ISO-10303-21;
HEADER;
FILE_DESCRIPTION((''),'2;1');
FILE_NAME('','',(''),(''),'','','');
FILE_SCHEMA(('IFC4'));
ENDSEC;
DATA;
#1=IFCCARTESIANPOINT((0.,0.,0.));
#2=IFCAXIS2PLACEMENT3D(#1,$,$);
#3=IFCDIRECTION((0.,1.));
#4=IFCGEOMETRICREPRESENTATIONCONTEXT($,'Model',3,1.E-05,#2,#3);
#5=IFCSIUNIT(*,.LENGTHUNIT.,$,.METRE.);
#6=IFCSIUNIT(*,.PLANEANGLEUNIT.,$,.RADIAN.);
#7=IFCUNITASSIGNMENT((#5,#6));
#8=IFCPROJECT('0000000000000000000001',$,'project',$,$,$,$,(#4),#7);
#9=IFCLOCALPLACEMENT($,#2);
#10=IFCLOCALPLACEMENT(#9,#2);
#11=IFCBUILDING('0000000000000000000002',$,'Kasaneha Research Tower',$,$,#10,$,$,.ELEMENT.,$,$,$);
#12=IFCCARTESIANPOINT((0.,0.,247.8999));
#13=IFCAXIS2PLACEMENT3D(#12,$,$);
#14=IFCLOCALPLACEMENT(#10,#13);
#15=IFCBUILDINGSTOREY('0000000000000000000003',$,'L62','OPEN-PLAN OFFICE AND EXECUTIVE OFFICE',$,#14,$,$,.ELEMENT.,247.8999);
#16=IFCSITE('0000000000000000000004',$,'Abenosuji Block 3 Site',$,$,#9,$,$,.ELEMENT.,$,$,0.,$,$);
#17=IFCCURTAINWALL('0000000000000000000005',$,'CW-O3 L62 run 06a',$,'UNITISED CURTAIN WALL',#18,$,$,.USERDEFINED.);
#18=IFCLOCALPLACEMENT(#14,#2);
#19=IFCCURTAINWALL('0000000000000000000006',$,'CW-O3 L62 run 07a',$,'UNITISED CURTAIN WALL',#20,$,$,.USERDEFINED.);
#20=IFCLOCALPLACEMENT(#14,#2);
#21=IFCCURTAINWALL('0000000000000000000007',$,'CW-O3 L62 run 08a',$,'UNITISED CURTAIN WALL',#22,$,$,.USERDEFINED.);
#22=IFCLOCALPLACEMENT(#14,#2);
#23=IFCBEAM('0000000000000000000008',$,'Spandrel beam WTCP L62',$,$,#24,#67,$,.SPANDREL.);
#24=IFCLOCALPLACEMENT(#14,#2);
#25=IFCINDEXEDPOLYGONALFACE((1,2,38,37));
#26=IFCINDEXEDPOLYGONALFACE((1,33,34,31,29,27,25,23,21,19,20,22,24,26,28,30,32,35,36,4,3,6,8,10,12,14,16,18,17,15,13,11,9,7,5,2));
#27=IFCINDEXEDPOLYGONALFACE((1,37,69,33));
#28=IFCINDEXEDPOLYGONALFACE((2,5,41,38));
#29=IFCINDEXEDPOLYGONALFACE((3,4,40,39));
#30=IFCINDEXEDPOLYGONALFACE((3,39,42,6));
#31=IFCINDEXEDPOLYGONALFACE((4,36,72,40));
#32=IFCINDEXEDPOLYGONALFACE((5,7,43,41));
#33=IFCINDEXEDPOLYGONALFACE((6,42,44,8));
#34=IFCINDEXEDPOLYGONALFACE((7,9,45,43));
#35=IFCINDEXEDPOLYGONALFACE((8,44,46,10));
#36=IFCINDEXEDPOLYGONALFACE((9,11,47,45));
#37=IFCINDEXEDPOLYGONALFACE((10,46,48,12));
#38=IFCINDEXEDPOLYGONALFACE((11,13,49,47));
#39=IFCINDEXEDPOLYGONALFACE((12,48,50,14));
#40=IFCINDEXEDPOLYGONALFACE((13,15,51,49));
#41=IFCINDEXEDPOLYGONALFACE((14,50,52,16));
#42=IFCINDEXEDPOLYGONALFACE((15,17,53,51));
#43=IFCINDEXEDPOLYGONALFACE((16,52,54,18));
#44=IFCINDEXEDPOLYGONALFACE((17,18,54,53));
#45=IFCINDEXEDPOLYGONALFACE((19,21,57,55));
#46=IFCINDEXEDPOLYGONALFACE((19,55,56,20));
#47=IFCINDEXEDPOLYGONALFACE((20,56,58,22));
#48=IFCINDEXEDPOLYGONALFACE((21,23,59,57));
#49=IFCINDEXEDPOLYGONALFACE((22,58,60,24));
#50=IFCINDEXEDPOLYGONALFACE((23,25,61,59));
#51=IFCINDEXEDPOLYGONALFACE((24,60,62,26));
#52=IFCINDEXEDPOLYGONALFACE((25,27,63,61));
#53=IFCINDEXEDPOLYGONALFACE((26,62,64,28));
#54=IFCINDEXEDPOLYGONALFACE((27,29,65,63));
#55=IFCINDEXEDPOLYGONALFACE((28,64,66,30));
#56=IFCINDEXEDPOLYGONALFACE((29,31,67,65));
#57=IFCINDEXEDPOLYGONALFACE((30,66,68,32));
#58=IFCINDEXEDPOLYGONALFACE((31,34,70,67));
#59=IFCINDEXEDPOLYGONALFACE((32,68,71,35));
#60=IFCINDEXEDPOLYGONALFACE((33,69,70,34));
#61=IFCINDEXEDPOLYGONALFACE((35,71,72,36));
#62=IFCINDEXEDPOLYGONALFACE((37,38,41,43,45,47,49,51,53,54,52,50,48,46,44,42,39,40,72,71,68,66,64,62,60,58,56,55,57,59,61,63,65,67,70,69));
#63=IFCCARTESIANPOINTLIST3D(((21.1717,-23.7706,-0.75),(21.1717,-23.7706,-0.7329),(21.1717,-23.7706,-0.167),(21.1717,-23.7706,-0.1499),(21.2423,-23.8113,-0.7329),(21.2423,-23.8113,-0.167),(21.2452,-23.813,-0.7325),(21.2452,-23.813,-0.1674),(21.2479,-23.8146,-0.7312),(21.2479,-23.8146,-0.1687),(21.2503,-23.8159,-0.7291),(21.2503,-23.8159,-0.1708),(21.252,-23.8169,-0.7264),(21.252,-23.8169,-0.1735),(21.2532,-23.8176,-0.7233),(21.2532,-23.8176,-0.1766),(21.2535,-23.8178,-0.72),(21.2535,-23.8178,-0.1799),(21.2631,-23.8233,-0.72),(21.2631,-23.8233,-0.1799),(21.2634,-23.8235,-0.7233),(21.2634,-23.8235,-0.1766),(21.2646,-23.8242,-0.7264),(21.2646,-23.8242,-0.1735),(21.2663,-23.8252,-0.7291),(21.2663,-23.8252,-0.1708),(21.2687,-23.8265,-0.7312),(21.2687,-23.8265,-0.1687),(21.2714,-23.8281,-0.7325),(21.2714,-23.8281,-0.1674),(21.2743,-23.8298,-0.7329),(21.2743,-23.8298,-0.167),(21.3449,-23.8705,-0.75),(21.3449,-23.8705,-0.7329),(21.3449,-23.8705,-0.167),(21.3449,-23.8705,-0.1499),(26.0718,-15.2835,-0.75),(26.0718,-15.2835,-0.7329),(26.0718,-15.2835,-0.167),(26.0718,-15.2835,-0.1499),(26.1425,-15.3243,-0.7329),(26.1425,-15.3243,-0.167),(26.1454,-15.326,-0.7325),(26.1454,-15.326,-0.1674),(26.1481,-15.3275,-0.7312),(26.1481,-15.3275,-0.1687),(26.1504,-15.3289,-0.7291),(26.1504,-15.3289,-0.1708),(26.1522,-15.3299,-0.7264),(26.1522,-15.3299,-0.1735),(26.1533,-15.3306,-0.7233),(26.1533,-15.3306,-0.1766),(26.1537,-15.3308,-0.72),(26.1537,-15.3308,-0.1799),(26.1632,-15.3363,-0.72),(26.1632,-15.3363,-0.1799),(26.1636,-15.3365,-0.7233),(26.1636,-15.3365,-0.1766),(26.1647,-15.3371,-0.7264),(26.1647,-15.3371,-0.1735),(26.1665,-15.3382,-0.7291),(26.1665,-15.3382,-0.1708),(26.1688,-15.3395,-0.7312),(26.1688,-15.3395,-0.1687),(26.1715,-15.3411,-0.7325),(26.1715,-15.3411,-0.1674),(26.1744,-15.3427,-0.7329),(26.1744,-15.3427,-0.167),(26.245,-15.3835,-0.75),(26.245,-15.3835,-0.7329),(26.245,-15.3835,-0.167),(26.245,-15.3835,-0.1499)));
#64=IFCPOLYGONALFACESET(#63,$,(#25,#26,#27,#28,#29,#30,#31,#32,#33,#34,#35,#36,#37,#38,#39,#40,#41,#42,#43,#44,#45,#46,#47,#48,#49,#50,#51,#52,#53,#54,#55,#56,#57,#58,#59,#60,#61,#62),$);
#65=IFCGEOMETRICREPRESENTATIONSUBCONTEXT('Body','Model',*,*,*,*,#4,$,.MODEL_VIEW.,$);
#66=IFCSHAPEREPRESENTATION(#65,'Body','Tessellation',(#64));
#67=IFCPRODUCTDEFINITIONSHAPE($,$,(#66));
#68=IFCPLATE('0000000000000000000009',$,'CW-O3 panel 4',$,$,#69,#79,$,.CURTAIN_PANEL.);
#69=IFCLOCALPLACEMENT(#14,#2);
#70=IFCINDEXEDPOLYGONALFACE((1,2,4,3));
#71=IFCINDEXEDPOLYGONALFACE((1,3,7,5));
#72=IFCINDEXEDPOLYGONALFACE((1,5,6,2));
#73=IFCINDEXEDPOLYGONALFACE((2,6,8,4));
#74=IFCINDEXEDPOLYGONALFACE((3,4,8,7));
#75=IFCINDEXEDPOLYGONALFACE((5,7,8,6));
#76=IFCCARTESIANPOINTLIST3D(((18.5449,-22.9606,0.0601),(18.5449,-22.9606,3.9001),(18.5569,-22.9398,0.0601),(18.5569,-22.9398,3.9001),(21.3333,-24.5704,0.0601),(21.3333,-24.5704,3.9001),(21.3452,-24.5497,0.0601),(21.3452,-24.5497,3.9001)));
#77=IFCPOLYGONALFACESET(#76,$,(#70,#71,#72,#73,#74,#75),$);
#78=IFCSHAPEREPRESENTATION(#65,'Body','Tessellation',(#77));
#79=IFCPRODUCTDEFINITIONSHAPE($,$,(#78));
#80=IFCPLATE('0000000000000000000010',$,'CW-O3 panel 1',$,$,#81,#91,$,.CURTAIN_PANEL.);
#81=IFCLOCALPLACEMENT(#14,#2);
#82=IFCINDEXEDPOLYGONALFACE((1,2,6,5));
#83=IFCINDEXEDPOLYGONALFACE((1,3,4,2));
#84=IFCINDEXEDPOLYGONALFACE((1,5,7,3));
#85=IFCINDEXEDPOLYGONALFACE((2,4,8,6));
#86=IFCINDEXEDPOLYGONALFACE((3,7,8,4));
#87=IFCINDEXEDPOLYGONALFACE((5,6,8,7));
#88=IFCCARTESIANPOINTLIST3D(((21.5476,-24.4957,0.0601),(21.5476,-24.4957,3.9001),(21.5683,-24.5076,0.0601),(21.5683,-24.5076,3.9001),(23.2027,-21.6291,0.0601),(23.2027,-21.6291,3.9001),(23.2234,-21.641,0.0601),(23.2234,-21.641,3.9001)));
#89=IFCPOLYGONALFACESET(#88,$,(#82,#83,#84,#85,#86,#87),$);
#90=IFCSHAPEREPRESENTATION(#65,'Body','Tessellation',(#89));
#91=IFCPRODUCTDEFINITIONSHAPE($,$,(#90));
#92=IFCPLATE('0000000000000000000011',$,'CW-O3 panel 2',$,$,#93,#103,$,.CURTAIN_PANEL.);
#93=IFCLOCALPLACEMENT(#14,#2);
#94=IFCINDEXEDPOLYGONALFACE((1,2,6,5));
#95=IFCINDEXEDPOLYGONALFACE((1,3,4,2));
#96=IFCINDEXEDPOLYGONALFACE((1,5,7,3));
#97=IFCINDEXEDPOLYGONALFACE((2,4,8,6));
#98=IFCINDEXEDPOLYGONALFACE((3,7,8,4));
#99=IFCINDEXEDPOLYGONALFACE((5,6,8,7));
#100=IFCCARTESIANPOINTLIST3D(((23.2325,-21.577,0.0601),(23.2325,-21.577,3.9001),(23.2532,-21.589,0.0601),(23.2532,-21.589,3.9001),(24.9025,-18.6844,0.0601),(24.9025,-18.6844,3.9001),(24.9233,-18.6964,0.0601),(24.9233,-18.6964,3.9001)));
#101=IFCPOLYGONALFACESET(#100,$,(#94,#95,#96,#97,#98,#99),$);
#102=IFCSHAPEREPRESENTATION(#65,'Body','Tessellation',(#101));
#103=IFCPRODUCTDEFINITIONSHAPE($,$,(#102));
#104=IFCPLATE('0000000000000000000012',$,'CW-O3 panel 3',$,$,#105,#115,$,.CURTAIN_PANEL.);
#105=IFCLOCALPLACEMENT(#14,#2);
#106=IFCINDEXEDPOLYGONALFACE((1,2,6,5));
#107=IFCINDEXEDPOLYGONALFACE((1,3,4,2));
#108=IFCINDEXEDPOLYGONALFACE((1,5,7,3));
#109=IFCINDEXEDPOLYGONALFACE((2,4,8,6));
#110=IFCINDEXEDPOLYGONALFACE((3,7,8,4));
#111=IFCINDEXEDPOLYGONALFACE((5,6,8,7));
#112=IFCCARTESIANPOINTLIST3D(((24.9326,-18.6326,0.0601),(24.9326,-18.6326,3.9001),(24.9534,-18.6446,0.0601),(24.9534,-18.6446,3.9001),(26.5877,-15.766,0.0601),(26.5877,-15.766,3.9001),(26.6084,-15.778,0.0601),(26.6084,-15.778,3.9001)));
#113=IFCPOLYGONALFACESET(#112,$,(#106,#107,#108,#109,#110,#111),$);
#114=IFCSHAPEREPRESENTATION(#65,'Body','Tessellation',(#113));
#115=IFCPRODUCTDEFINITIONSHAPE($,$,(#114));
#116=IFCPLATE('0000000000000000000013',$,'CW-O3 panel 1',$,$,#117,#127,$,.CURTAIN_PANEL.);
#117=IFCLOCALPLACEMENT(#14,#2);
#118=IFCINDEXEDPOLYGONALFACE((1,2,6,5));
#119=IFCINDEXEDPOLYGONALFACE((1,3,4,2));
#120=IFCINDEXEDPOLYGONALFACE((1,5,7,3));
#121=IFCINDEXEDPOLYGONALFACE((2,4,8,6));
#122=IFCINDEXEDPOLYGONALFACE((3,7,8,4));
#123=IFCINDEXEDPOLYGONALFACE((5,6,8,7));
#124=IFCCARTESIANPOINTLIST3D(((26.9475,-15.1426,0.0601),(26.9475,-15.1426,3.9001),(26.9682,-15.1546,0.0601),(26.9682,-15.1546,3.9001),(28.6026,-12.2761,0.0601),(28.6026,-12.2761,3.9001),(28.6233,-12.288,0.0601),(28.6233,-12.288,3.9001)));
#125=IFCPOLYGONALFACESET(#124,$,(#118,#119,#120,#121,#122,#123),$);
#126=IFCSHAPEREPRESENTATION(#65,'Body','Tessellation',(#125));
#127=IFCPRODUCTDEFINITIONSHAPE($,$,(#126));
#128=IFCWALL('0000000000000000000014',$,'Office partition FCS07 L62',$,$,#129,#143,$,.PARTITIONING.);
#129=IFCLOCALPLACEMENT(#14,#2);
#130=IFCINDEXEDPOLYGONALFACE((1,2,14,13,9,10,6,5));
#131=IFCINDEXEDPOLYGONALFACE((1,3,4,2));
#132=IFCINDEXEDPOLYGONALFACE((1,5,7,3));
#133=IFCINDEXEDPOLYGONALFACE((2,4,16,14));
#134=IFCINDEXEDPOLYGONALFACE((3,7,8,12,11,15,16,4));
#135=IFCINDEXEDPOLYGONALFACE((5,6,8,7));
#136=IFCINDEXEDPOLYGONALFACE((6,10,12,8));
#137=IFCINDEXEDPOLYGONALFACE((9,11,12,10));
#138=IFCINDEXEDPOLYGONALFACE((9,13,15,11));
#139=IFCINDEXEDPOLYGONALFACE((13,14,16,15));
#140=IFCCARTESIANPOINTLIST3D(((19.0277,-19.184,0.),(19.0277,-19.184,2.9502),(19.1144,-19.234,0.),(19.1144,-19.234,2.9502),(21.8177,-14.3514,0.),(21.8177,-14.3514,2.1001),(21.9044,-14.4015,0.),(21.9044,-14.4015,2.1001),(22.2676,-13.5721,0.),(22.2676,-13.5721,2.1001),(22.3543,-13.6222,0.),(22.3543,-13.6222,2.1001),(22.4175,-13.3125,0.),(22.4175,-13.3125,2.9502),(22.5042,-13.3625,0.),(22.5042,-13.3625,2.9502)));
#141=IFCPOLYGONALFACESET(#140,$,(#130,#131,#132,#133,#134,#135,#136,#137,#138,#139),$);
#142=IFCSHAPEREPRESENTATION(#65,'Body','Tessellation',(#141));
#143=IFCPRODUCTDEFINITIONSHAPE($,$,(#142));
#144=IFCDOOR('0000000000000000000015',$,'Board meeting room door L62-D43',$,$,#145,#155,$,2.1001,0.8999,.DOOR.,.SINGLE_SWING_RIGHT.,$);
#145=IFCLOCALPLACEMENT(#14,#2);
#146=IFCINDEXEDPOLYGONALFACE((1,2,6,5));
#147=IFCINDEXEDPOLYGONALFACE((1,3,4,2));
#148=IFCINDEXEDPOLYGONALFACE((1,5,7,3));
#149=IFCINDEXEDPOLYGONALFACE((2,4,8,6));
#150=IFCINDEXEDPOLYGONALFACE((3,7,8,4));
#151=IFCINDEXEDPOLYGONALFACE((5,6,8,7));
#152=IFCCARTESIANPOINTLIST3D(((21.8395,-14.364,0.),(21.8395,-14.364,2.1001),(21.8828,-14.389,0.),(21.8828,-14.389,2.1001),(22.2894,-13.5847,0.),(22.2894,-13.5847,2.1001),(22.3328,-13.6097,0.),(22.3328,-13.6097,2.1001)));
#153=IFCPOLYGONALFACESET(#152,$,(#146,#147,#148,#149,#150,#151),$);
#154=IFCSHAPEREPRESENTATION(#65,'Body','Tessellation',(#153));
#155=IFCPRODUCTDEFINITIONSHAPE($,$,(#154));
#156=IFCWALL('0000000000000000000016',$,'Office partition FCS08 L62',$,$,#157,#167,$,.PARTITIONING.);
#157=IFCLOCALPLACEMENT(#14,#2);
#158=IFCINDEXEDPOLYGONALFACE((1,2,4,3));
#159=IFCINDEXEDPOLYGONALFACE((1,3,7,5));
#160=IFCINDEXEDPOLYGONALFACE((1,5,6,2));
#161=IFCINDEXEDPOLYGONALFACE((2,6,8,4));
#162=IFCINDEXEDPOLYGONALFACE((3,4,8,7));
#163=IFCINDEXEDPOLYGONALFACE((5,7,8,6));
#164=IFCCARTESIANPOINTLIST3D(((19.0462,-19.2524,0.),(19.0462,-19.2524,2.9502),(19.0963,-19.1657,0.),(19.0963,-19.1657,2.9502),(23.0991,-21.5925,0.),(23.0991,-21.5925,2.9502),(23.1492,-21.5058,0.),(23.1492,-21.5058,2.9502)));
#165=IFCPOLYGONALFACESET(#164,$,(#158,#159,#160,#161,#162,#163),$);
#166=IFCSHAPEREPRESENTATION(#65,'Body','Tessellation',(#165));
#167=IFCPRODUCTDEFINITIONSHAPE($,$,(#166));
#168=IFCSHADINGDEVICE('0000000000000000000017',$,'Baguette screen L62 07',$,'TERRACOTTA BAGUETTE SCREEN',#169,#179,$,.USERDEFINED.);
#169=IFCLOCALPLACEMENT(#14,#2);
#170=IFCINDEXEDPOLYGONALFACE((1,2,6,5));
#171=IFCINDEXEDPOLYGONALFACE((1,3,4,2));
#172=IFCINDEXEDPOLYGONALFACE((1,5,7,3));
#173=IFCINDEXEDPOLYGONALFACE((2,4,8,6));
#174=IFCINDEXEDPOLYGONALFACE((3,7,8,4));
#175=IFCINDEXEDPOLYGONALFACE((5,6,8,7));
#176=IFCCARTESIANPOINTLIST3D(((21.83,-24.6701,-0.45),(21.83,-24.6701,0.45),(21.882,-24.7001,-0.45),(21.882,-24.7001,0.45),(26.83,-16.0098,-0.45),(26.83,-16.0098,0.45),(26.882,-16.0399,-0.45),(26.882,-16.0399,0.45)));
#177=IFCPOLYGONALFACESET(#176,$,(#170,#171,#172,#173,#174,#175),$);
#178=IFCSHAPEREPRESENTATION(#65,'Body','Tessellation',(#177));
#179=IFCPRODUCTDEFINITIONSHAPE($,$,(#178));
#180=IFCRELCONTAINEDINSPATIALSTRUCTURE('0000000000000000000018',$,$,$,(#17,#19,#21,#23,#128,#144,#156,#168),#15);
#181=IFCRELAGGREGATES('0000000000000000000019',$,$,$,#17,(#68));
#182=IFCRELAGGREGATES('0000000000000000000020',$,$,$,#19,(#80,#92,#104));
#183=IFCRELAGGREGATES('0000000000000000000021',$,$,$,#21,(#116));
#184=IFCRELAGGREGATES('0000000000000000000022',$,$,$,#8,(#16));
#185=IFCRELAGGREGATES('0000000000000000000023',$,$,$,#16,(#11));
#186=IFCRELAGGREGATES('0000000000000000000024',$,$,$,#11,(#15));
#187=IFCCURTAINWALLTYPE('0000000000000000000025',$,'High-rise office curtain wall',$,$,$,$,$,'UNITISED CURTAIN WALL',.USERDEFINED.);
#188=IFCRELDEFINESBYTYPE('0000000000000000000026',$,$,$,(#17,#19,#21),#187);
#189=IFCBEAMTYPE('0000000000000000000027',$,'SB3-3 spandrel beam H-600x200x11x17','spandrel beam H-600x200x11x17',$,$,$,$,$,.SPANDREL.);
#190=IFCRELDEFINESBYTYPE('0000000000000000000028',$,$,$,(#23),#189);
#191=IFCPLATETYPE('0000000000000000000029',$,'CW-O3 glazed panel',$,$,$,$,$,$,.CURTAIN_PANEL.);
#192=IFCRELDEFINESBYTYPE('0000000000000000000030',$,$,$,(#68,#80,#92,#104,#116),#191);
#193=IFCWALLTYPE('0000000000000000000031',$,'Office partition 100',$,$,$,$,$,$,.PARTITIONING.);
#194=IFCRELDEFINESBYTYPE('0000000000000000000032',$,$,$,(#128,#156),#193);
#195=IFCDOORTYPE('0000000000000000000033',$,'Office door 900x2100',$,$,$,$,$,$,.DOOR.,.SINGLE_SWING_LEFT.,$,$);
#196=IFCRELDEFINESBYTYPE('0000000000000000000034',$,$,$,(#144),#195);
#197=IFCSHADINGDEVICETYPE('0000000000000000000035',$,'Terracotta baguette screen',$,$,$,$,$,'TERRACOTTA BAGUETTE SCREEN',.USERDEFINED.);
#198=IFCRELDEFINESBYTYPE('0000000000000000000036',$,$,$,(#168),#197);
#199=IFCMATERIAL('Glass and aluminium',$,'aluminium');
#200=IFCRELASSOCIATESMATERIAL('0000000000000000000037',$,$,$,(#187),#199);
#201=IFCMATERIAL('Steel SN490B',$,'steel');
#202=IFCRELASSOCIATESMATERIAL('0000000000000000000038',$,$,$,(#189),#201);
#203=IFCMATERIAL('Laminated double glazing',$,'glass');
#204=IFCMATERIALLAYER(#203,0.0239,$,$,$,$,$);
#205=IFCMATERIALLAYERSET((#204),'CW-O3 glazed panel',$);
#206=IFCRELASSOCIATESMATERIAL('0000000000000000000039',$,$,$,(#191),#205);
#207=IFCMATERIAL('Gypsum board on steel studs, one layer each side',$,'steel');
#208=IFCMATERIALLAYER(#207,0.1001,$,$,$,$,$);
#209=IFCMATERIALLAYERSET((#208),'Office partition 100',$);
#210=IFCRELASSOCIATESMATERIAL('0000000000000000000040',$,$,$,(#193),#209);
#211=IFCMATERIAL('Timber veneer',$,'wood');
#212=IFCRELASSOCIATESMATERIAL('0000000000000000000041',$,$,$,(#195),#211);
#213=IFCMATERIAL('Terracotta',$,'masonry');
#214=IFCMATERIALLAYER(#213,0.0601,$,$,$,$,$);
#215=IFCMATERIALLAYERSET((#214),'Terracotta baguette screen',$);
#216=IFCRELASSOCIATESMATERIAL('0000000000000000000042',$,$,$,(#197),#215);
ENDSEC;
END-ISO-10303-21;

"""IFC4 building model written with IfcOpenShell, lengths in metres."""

from ifc_helpers import new_model, si_unit, direction, frame, frame_2d, origin, origin_2d, place, context, subcontext, project, spatial, rectangle, i_section, extrude, material, layer, layer_set, material_profile, profile_set, type_object, element, fill, aggregate, save


model = new_model("IFC4")

# Units and contexts
model_context = context("Model", 3, precision=1e-05, world=origin(), true_north=direction((0.0, 1.0)))
body_context = subcontext(model_context, "Body", "Model", "MODEL_VIEW")
ifc_project = project(units=[si_unit("LENGTHUNIT", "METRE"), si_unit("PLANEANGLEUNIT", "RADIAN")], contexts=[model_context])

# Site, building, storey
site_placement = place(None, origin())
site = spatial("IfcSite", under=ifc_project, at=site_placement, Name="Abenosuji Block 3 Site", CompositionType="ELEMENT", RefElevation=0.0)
building_placement = place(site_placement, origin())
building = spatial("IfcBuilding", under=site, at=building_placement, Name="Kasaneha Research Tower", CompositionType="ELEMENT")
storey_placement = place(building_placement, frame((0.0, 0.0, 247.8999)))
storey = spatial("IfcBuildingStorey", under=building, at=storey_placement, Name="L62", Description="OPEN-PLAN OFFICE AND EXECUTIVE OFFICE", CompositionType="ELEMENT", Elevation=247.8999)

# Curtain wall
ifc_material_1 = material(Name="Glass and aluminium", Category="aluminium")
curtain_wall_type = type_object("IfcCurtainWallType", Name="High-rise office curtain wall", ElementType="UNITISED CURTAIN WALL", PredefinedType="USERDEFINED", material=ifc_material_1)
curtain_wall_1_placement = place(storey_placement, origin())
curtain_wall_1 = element("IfcCurtainWall", 1, at=curtain_wall_1_placement, inside=storey, type_object=curtain_wall_type, Name="CW-O3 L62 run 06a", ObjectType="UNITISED CURTAIN WALL", PredefinedType="USERDEFINED")

# Curtain wall
curtain_wall_2_placement = place(storey_placement, origin())
curtain_wall_2 = element("IfcCurtainWall", 2, at=curtain_wall_2_placement, inside=storey, type_object=curtain_wall_type, Name="CW-O3 L62 run 07a", ObjectType="UNITISED CURTAIN WALL", PredefinedType="USERDEFINED")

# Curtain wall
curtain_wall_3_placement = place(storey_placement, origin())
curtain_wall_3 = element("IfcCurtainWall", 3, at=curtain_wall_3_placement, inside=storey, type_object=curtain_wall_type, Name="CW-O3 L62 run 08a", ObjectType="UNITISED CURTAIN WALL", PredefinedType="USERDEFINED")

# Beam
ifc_material_2 = material(Name="Steel SN490B", Category="steel")
ifc_material_profile_1 = material_profile(ifc_material_2, i_section(OverallWidth=0.2, OverallDepth=0.6001, WebThickness=0.011, FlangeThickness=0.0171, FilletRadius=0.0129, at=origin_2d()), Name="H-600x200x11x17")
ifc_profile_set_1 = profile_set([ifc_material_profile_1], Name="Steel SN490B")
beam_type = type_object("IfcBeamType", Name="SB3-3 spandrel beam H-600x200x11x17", Description="spandrel beam H-600x200x11x17", PredefinedType="SPANDREL", material=ifc_profile_set_1)
beam_placement = place(storey_placement, frame((21.2583, -23.8206, -0.45), z_axis=(0.500011, 0.866019, 0.0), x_axis=(-0.866019, 0.500011, 0.0)))
element("IfcBeam", 4, at=beam_placement, inside=storey, type_object=beam_type, Name="Spandrel beam WTCP L62", PredefinedType="SPANDREL", context=body_context, shape_type="SweptSolid", body=[
    extrude(i_section(OverallWidth=0.2, OverallDepth=0.6001, WebThickness=0.011, FlangeThickness=0.0171, FilletRadius=0.0129, at=origin_2d()), origin(), (0.0, 0.0, 1.0), 9.8),
])

# Plates
ifc_material_3 = material(Name="Laminated double glazing", Category="glass")
ifc_layer_1 = layer(ifc_material_3, 0.0239)
ifc_layer_set_1 = layer_set([ifc_layer_1], Name="CW-O3 glazed panel")
plate_type = type_object("IfcPlateType", Name="CW-O3 glazed panel", PredefinedType="CURTAIN_PANEL", material=ifc_layer_set_1)
plate_1_placement = place(storey_placement, frame((19.9451, -23.7551, 0.0601), z_axis=(0.0, 0.0, 1.0), x_axis=(0.866025, -0.5, 0.0)))
plate_1 = element("IfcPlate", 5, at=plate_1_placement, type_object=plate_type, Name="CW-O3 panel 4", PredefinedType="CURTAIN_PANEL", context=body_context, shape_type="SweptSolid", body=[
    extrude(rectangle(XDim=3.2197, YDim=0.0239, at=origin_2d()), origin(), (0.0, 0.0, 1.0), 3.8401),
])
aggregate(curtain_wall_1, [plate_1])
plate_2_placement = place(storey_placement, frame((22.3855, -23.0684, 0.0601), z_axis=(0.0, 0.0, 1.0), x_axis=(0.5, 0.866025, 0.0)))
plate_2 = element("IfcPlate", 6, at=plate_2_placement, type_object=plate_type, Name="CW-O3 panel 1", PredefinedType="CURTAIN_PANEL", context=body_context, shape_type="SweptSolid", body=[
    extrude(rectangle(XDim=3.3101, YDim=0.0239, at=origin_2d()), origin(), (0.0, 0.0, 1.0), 3.8401),
])
plate_3_placement = place(storey_placement, frame((24.0779, -20.1367, 0.0601), z_axis=(0.0, 0.0, 1.0), x_axis=(0.5, 0.866025, 0.0)))
plate_3 = element("IfcPlate", 7, at=plate_3_placement, type_object=plate_type, Name="CW-O3 panel 2", PredefinedType="CURTAIN_PANEL", context=body_context, shape_type="SweptSolid", body=[
    extrude(rectangle(XDim=3.3401, YDim=0.0239, at=origin_2d()), origin(), (0.0, 0.0, 1.0), 3.8401),
])
plate_4_placement = place(storey_placement, frame((25.7705, -17.2053, 0.0601), z_axis=(0.0, 0.0, 1.0), x_axis=(0.5, 0.866025, 0.0)))
plate_4 = element("IfcPlate", 8, at=plate_4_placement, type_object=plate_type, Name="CW-O3 panel 3", PredefinedType="CURTAIN_PANEL", context=body_context, shape_type="SweptSolid", body=[
    extrude(rectangle(XDim=3.3101, YDim=0.0239, at=origin_2d()), origin(), (0.0, 0.0, 1.0), 3.8401),
])
aggregate(curtain_wall_2, [plate_2, plate_3, plate_4])
plate_5_placement = place(storey_placement, frame((27.7854, -13.7153, 0.0601), z_axis=(0.0, 0.0, 1.0), x_axis=(0.5, 0.866025, 0.0)))
plate_5 = element("IfcPlate", 9, at=plate_5_placement, type_object=plate_type, Name="CW-O3 panel 1", PredefinedType="CURTAIN_PANEL", context=body_context, shape_type="SweptSolid", body=[
    extrude(rectangle(XDim=3.3101, YDim=0.0239, at=origin_2d()), origin(), (0.0, 0.0, 1.0), 3.8401),
])
aggregate(curtain_wall_3, [plate_5])

# Wall, opening, door
ifc_material_4 = material(Name="Gypsum board on steel studs, one layer each side", Category="steel")
ifc_layer_2 = layer(ifc_material_4, 0.1001)
ifc_layer_set_2 = layer_set([ifc_layer_2], Name="Office partition 100")
wall_type = type_object("IfcWallType", Name="Office partition 100", PredefinedType="PARTITIONING", material=ifc_layer_set_2)
wall_1_placement = place(storey_placement, frame((19.071, -19.209, 0.0), z_axis=(0.0, 0.0, 1.0), x_axis=(0.499993, 0.86603, 0.0)))
wall_1 = element("IfcWall", 10, at=wall_1_placement, inside=storey, type_object=wall_type, Name="Office partition FCS07 L62", PredefinedType="PARTITIONING", context=body_context, shape_type="SweptSolid", body=[
    extrude(rectangle(XDim=6.7798, YDim=0.1001, at=frame_2d((3.3899, 0.0))), origin(), (0.0, 0.0, 1.0), 2.9502),
])
opening_placement = place(wall_1_placement, frame((5.5801, 0.0, 0.0)))
opening = element("IfcOpeningElement", 11, at=opening_placement, cuts=wall_1, PredefinedType="OPENING", context=body_context, shape_type="SweptSolid", body=[
    extrude(rectangle(XDim=0.8999, YDim=2.1001, at=frame_2d((0.45, 1.05))), frame((0.0, 0.0601, 0.0), z_axis=(0.0, -1.0, 0.0), x_axis=(1.0, 0.0, 0.0)), (0.0, 0.0, 1.0), 0.1201),
])
ifc_material_5 = material(Name="Timber veneer", Category="wood")
door_type = type_object("IfcDoorType", Name="Office door 900x2100", OperationType="SINGLE_SWING_LEFT", PredefinedType="DOOR", material=ifc_material_5)
door_placement = place(opening_placement, origin())
door = element("IfcDoor", 12, at=door_placement, inside=storey, type_object=door_type, Name="Board meeting room door L62-D43", OperationType="SINGLE_SWING_RIGHT", OverallHeight=2.1001, OverallWidth=0.8999, PredefinedType="DOOR", context=body_context, shape_type="SweptSolid", body=[
    extrude(rectangle(XDim=0.8999, YDim=2.1001, at=frame_2d((0.45, 1.05))), frame((0.0, 0.0249, 0.0), z_axis=(0.0, -1.0, 0.0), x_axis=(1.0, 0.0, 0.0)), (0.0, 0.0, 1.0), 0.05),
])
fill(opening, door)

# Wall
wall_2_placement = place(storey_placement, frame((23.124, -21.5491, 0.0), z_axis=(0.0, 0.0, 1.0), x_axis=(-0.866016, 0.500016, 0.0)))
element("IfcWall", 13, at=wall_2_placement, inside=storey, type_object=wall_type, Name="Office partition FCS08 L62", PredefinedType="PARTITIONING", context=body_context, shape_type="SweptSolid", body=[
    extrude(rectangle(XDim=4.6799, YDim=0.1001, at=frame_2d((2.3398, 0.0))), origin(), (0.0, 0.0, 1.0), 2.9502),
])

# Shading device
ifc_material_6 = material(Name="Terracotta", Category="masonry")
ifc_layer_3 = layer(ifc_material_6, 0.0601)
ifc_layer_set_3 = layer_set([ifc_layer_3], Name="Terracotta baguette screen")
shading_device_type = type_object("IfcShadingDeviceType", Name="Terracotta baguette screen", ElementType="TERRACOTTA BAGUETTE SCREEN", PredefinedType="USERDEFINED", material=ifc_layer_set_3)
shading_device_placement = place(storey_placement, frame((24.356, -20.355, -0.45), z_axis=(0.0, 0.0, 1.0), x_axis=(0.5, 0.866025, 0.0)))
element("IfcShadingDevice", 14, at=shading_device_placement, inside=storey, type_object=shading_device_type, Name="Baguette screen L62 07", ObjectType="TERRACOTTA BAGUETTE SCREEN", PredefinedType="USERDEFINED", context=body_context, shape_type="SweptSolid", body=[
    extrude(rectangle(XDim=10.0, YDim=0.0601, at=origin_2d()), origin(), (0.0, 0.0, 1.0), 0.8999),
])

save(model, "model.ifc")
